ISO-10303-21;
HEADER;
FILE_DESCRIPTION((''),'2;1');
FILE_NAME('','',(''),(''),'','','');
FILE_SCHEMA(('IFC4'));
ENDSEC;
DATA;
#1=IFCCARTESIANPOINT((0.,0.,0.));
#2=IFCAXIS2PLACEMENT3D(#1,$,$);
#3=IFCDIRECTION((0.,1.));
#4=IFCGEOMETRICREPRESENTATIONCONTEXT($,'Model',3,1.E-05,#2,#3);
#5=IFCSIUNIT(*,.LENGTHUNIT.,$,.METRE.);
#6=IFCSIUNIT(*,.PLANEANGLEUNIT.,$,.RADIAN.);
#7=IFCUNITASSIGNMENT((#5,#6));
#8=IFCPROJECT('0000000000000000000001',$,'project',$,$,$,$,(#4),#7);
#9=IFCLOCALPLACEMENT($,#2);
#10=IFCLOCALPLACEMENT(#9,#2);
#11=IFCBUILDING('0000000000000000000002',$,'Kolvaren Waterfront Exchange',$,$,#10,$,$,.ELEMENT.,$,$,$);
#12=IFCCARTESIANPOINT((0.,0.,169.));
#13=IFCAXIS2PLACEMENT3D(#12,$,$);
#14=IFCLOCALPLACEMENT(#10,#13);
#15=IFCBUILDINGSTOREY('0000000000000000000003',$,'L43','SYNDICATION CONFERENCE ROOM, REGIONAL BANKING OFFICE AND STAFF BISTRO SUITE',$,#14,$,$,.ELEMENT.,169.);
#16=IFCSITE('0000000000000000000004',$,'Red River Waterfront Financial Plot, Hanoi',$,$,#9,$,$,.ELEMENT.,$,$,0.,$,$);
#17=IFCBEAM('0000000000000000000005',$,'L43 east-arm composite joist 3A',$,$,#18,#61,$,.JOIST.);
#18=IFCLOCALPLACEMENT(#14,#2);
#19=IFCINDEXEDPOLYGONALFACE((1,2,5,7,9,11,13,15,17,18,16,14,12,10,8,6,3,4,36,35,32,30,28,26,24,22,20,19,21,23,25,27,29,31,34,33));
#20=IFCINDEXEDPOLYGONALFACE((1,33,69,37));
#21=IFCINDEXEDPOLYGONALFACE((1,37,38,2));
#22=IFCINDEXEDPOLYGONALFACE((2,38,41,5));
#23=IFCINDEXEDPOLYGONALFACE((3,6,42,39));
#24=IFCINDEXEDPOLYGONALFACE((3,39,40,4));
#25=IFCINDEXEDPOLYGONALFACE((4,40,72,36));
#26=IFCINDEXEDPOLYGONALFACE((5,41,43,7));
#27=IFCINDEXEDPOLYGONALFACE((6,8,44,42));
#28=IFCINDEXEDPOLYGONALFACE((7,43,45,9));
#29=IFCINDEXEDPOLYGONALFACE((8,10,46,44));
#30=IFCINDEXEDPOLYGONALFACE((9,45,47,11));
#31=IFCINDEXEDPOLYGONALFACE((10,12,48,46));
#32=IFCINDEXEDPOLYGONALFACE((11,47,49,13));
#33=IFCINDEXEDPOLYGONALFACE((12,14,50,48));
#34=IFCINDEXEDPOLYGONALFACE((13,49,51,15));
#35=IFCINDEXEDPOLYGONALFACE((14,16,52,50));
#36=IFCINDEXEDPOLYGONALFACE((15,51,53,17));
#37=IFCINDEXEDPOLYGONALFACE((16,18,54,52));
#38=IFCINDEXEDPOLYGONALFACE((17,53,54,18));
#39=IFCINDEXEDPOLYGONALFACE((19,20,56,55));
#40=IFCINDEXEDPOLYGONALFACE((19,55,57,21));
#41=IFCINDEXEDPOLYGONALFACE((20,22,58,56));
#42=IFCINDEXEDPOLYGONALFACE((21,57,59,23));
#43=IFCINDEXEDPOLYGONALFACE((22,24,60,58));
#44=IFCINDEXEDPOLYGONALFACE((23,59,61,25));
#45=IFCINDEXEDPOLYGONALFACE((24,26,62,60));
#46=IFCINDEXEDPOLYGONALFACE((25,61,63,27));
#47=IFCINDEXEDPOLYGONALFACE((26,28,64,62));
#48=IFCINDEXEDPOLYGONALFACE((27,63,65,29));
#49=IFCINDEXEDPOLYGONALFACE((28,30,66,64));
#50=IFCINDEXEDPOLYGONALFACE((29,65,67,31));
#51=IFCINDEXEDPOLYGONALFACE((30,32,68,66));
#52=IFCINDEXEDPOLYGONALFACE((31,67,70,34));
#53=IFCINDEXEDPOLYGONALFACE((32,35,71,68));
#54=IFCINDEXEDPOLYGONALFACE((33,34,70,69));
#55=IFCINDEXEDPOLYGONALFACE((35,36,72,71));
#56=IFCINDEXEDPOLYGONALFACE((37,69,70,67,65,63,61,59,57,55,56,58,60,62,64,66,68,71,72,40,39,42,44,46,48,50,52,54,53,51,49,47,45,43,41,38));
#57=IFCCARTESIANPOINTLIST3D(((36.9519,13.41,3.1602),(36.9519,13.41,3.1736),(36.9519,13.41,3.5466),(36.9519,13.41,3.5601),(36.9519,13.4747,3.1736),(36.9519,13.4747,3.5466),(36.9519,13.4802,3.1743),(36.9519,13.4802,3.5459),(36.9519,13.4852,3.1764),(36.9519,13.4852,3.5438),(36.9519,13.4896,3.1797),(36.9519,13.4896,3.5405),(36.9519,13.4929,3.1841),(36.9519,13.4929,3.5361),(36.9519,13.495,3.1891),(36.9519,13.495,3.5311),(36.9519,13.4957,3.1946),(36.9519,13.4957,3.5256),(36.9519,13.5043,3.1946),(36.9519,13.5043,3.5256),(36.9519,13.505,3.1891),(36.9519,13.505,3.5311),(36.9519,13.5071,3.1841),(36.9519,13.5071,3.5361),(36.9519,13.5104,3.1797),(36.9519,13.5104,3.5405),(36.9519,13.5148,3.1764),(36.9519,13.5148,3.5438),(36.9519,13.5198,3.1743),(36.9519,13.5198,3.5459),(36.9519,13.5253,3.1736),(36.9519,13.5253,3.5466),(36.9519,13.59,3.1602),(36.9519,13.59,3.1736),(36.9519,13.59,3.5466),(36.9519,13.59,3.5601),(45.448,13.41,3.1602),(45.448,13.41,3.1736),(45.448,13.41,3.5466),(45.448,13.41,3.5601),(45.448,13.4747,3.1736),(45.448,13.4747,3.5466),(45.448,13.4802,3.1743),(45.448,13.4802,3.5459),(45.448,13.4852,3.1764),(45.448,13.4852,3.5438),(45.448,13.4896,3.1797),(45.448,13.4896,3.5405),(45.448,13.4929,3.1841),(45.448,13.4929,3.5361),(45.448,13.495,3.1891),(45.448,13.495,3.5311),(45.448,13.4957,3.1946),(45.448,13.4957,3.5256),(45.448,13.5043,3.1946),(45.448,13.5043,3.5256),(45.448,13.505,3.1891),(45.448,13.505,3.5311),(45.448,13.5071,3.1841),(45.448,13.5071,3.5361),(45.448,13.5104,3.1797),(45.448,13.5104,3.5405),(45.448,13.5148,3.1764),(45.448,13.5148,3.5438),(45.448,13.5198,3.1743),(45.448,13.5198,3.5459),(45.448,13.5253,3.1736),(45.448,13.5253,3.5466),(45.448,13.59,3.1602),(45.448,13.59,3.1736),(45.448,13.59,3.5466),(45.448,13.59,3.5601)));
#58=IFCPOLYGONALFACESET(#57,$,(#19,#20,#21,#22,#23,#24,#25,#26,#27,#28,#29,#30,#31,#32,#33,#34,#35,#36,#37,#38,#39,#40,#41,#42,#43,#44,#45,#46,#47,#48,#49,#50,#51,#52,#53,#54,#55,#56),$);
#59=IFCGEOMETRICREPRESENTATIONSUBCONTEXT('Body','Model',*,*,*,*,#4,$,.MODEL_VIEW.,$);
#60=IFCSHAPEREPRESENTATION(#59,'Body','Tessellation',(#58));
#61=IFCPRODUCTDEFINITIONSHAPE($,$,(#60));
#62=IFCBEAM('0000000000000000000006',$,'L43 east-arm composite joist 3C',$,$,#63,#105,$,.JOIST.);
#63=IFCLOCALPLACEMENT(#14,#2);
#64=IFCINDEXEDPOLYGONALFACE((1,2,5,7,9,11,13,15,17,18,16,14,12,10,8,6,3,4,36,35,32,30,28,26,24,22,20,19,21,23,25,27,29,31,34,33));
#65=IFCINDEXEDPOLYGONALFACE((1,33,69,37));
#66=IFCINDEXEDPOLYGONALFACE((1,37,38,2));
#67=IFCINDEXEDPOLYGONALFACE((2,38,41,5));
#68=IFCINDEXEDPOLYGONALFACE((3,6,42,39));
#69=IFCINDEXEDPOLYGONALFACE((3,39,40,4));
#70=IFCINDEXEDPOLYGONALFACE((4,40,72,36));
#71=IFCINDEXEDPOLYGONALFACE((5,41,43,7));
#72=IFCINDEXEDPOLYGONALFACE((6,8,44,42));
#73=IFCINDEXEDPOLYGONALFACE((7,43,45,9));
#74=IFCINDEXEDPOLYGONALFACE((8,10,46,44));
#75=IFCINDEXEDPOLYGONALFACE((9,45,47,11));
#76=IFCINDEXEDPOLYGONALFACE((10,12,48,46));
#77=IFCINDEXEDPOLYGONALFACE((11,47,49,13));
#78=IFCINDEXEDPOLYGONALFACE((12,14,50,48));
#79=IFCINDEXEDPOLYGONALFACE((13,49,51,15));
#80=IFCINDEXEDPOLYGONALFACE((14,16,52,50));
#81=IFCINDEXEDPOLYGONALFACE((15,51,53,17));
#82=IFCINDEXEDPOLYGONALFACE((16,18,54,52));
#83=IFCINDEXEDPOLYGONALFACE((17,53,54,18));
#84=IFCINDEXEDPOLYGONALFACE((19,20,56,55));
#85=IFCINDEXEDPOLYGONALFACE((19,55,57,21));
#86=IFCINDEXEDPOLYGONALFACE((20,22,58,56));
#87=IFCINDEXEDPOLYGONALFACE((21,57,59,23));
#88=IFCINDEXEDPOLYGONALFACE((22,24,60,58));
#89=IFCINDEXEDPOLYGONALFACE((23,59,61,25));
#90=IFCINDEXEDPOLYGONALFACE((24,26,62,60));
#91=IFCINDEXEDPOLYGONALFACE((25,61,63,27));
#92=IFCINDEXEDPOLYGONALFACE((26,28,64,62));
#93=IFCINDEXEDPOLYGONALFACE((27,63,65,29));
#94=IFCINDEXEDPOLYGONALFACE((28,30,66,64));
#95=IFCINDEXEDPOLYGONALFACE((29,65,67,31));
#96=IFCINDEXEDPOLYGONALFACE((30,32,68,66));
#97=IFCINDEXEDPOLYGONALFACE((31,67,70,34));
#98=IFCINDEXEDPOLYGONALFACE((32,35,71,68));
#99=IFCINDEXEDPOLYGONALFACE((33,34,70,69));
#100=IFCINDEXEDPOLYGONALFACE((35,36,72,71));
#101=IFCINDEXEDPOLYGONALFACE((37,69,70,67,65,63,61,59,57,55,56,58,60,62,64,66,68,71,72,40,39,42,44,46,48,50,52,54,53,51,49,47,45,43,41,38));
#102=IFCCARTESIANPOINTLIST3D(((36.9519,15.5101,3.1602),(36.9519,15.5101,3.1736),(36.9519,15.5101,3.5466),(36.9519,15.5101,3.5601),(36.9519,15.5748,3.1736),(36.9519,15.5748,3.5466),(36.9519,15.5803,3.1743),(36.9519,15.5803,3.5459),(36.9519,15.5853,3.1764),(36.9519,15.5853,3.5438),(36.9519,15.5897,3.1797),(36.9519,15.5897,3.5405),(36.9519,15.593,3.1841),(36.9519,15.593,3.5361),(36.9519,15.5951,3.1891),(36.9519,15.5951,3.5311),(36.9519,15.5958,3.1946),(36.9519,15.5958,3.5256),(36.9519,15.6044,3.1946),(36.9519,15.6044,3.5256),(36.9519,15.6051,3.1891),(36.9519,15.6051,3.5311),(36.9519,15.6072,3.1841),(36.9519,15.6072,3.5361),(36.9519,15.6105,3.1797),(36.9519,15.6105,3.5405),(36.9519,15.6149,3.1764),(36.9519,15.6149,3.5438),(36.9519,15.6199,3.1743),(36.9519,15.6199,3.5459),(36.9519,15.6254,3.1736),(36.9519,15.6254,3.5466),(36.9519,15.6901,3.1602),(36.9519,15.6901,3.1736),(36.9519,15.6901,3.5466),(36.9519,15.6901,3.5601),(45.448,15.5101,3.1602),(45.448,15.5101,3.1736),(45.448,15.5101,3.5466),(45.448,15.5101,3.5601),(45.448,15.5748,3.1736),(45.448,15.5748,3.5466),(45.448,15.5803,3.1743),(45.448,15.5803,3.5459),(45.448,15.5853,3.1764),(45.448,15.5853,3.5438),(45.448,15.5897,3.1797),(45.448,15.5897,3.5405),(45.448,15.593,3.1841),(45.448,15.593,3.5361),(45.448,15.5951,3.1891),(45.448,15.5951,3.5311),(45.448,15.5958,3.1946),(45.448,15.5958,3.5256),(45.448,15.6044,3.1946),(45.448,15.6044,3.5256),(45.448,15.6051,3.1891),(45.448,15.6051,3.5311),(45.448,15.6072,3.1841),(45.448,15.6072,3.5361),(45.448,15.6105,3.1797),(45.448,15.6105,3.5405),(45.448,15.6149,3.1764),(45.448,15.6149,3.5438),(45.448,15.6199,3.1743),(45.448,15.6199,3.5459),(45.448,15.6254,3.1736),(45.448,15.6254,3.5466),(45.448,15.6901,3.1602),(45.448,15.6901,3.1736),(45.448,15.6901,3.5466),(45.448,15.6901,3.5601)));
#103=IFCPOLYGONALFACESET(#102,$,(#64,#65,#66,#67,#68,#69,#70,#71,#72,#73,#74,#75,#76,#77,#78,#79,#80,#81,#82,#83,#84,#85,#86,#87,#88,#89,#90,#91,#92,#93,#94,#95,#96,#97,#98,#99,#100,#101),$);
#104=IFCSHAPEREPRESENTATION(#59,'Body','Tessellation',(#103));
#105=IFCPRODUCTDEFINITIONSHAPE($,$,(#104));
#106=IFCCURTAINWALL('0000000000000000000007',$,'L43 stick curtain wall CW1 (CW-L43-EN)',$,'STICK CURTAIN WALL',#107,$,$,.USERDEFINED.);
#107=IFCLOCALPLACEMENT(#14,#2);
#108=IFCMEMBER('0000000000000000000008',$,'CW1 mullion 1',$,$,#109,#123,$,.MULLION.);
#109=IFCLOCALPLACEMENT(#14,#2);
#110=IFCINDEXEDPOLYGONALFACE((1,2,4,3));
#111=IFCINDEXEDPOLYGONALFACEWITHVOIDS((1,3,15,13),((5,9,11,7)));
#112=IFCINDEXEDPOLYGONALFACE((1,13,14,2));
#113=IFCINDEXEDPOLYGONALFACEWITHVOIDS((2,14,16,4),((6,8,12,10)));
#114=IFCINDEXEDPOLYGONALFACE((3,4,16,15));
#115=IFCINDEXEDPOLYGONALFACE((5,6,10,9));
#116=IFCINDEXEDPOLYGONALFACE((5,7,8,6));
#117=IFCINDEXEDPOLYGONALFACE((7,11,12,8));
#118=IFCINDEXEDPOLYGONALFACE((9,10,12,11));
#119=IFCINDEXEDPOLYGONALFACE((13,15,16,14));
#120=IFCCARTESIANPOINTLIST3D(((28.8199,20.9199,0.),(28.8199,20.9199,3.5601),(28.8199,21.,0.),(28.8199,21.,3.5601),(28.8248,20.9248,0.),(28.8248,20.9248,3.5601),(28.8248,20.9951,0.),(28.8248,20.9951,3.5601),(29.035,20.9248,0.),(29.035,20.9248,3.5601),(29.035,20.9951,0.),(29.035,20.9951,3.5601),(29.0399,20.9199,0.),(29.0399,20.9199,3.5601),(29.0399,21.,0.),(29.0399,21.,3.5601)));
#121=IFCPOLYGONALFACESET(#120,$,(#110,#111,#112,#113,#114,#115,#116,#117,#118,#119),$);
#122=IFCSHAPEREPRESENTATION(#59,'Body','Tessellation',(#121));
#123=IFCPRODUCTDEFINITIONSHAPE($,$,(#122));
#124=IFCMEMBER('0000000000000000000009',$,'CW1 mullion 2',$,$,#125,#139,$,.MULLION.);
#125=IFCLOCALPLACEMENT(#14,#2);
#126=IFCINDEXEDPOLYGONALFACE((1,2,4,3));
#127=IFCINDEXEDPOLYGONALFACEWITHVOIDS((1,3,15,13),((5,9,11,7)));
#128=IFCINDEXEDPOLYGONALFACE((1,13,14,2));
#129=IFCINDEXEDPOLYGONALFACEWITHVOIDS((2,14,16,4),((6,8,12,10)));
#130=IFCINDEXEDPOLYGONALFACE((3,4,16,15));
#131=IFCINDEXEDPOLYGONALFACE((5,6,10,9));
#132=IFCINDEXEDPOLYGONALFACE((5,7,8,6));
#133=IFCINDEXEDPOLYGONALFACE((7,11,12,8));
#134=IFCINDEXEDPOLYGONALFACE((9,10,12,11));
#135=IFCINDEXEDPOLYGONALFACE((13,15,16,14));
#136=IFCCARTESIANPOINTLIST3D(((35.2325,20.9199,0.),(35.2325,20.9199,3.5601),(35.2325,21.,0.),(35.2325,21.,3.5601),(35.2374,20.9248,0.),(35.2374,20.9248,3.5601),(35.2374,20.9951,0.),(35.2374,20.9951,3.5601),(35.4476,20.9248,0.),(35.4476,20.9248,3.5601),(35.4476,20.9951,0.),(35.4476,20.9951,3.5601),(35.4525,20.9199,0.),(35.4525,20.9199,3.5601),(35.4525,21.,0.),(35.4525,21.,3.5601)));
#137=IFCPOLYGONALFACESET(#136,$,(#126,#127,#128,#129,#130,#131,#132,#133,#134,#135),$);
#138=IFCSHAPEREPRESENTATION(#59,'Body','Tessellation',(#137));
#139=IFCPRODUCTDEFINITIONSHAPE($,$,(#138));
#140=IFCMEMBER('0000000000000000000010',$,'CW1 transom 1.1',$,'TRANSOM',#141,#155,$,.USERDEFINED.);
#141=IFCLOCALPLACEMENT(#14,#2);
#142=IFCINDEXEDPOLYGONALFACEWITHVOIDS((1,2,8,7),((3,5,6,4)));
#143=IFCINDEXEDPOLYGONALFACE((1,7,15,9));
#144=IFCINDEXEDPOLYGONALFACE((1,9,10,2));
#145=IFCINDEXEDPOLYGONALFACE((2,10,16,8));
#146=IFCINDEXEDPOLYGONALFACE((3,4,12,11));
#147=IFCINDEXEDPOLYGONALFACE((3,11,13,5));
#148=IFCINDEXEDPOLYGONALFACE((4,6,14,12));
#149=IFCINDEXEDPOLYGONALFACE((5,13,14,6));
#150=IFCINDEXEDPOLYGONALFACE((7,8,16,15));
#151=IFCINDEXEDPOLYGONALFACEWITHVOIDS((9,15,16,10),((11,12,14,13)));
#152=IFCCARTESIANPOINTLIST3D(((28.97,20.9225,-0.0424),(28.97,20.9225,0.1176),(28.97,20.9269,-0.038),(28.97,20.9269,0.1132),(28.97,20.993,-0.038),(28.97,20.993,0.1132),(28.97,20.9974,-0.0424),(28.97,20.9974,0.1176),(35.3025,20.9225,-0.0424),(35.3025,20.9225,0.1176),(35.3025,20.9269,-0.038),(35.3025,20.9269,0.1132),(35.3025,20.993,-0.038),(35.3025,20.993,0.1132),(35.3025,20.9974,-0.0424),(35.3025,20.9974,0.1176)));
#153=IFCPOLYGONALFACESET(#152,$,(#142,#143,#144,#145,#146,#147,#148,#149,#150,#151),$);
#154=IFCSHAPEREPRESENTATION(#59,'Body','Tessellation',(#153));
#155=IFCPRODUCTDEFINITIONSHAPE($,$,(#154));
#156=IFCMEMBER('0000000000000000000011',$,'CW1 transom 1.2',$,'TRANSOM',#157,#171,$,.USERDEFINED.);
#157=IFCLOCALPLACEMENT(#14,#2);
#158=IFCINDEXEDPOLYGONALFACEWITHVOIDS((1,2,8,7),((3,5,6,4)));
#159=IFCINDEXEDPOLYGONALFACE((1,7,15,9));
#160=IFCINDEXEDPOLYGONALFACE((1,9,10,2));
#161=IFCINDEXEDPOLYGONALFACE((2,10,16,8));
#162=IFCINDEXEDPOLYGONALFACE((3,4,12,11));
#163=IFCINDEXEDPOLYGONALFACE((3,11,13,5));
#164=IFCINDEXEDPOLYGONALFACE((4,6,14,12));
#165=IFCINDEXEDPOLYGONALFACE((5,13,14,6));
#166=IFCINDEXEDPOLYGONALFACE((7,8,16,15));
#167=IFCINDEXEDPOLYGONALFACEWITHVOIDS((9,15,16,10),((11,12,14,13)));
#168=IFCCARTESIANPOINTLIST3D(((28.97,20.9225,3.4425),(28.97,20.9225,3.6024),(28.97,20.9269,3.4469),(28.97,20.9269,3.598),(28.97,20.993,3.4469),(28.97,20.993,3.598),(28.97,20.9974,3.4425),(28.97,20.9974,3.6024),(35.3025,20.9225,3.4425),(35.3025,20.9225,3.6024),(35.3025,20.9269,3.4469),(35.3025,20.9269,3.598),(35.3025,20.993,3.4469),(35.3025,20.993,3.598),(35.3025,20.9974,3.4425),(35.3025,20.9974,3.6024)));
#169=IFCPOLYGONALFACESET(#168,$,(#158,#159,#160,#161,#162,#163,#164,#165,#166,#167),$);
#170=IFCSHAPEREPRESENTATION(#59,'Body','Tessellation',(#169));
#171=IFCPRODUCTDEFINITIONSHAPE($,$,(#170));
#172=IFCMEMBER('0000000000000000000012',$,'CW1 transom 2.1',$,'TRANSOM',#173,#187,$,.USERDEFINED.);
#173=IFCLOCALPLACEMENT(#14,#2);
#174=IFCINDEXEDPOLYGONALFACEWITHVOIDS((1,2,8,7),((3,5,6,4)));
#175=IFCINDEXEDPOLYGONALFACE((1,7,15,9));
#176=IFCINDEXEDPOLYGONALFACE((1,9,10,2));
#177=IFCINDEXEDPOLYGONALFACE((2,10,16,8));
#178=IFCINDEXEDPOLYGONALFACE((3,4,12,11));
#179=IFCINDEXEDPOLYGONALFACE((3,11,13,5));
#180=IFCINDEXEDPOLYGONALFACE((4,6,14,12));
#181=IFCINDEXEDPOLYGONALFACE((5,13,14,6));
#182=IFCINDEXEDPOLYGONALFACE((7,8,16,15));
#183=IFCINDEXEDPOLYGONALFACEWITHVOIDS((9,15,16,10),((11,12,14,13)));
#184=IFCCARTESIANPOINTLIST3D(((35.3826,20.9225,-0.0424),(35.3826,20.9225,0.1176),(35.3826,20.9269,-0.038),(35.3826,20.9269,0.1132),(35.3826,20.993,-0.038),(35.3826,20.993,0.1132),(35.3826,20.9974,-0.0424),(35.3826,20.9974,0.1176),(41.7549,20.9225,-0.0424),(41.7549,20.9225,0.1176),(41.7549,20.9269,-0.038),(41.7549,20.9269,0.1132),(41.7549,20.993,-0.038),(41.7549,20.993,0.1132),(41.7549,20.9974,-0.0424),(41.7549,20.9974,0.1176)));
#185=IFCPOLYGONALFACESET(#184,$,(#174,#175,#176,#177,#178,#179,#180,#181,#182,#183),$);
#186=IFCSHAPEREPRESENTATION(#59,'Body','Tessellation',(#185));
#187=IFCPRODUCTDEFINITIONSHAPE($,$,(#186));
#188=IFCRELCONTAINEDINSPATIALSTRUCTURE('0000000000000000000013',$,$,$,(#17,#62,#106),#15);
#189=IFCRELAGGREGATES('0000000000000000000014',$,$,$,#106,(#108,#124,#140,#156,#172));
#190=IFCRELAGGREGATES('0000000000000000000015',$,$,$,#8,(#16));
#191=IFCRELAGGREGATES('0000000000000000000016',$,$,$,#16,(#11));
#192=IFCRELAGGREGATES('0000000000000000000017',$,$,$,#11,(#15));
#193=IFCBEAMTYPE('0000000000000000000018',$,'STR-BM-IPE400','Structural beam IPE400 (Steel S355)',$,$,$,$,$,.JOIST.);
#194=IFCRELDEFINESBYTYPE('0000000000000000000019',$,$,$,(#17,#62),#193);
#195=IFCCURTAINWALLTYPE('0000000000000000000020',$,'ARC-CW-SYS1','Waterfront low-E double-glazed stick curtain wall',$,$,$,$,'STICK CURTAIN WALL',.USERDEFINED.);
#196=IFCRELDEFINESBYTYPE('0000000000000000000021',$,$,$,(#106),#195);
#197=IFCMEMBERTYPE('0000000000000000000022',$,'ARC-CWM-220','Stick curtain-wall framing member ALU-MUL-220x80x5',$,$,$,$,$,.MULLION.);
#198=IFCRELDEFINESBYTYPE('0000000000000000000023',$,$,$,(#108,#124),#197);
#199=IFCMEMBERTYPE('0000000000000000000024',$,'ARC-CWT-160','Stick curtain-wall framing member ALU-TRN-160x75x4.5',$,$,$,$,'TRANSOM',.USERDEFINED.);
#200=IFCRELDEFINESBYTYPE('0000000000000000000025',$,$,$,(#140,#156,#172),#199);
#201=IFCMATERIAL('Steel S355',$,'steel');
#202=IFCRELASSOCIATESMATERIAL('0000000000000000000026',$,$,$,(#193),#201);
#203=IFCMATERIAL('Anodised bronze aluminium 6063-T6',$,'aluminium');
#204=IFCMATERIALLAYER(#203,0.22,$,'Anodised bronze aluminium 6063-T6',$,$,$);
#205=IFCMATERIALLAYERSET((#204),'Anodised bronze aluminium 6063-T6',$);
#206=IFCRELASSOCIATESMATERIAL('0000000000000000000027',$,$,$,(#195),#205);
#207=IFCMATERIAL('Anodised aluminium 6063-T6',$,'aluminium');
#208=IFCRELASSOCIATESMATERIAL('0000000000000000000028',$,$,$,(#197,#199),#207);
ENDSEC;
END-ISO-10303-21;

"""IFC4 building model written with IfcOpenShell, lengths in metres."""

from ifc_helpers import new_model, si_unit, direction, frame, origin, origin_with_axes, origin_2d, place, context, subcontext, project, spatial, hollow_rectangle, i_section, extrude, source, transform, mapped, material, layer, layer_set, material_profile, profile_set, type_object, element, aggregate, save


model = new_model("IFC4")

# Units and contexts
model_context = context("Model", 3, precision=1e-05, world=origin(), true_north=direction((0.0, 1.0)))
body_context = subcontext(model_context, "Body", "Model", "MODEL_VIEW")
ifc_project = project(units=[si_unit("LENGTHUNIT", "METRE"), si_unit("PLANEANGLEUNIT", "RADIAN")], contexts=[model_context])

# Site, building, storey
site_placement = place(None, origin())
site = spatial("IfcSite", under=ifc_project, at=site_placement, Name="Red River Waterfront Financial Plot, Hanoi", CompositionType="ELEMENT", RefElevation=0.0)
building_placement = place(site_placement, origin())
building = spatial("IfcBuilding", under=site, at=building_placement, Name="Kolvaren Waterfront Exchange", CompositionType="ELEMENT")
storey_placement = place(building_placement, frame((0.0, 0.0, 169.0)))
storey = spatial("IfcBuildingStorey", under=building, at=storey_placement, Name="L43", Description="SYNDICATION CONFERENCE ROOM, REGIONAL BANKING OFFICE AND STAFF BISTRO SUITE", CompositionType="ELEMENT", Elevation=169.0)

# Beams
ifc_material_1 = material(Name="Steel S355", Category="steel")
ifc_material_profile_1 = material_profile(ifc_material_1, i_section(OverallWidth=0.1799, OverallDepth=0.3999, WebThickness=0.0085, FlangeThickness=0.0134, FilletRadius=0.021, at=origin_2d()), Name="IPE400")
ifc_profile_set_1 = profile_set([ifc_material_profile_1], Name="Steel S355")
beam_type_1 = type_object("IfcBeamType", Name="STR-BM-IPE400", Description="Structural beam IPE400 (Steel S355)", PredefinedType="JOIST", material=ifc_profile_set_1)
for number, where, z_axis, x_axis, name in (
    (1, (36.9519, 13.5, 3.3601), (1.0, 0.0, 0.0), (0.0, 1.0, 0.0), "L43 east-arm composite joist 3A"),
    (2, (36.9519, 15.6001, 3.3601), (1.0, 0.0, 0.0), (0.0, 1.0, 0.0), "L43 east-arm composite joist 3C"),
):
    element("IfcBeam", number, at=place(storey_placement, frame(where, z_axis=z_axis, x_axis=x_axis)), inside=storey, type_object=beam_type_1, Name=name, PredefinedType="JOIST", context=body_context, shape_type="SweptSolid", body=[
        extrude(i_section(OverallWidth=0.1799, OverallDepth=0.3999, WebThickness=0.0085, FlangeThickness=0.0134, FilletRadius=0.021, at=origin_2d()), origin(), (0.0, 0.0, 1.0), 8.4961),
    ])

# Curtain wall, members
ifc_material_2 = material(Name="Anodised bronze aluminium 6063-T6", Category="aluminium")
ifc_layer_1 = layer(ifc_material_2, 0.22, Name="Anodised bronze aluminium 6063-T6")
ifc_layer_set_1 = layer_set([ifc_layer_1], Name="Anodised bronze aluminium 6063-T6")
curtain_wall_type = type_object("IfcCurtainWallType", Name="ARC-CW-SYS1", Description="Waterfront low-E double-glazed stick curtain wall", ElementType="STICK CURTAIN WALL", PredefinedType="USERDEFINED", material=ifc_layer_set_1)
curtain_wall_placement = place(storey_placement, origin())
curtain_wall = element("IfcCurtainWall", 3, at=curtain_wall_placement, inside=storey, type_object=curtain_wall_type, Name="L43 stick curtain wall CW1 (CW-L43-EN)", ObjectType="STICK CURTAIN WALL", PredefinedType="USERDEFINED")
ifc_material_3 = material(Name="Anodised aluminium 6063-T6", Category="aluminium")
ifc_material_profile_2 = material_profile(ifc_material_3, hollow_rectangle(XDim=0.0801, YDim=0.22, WallThickness=0.0049, at=origin_2d()), Name="ALU-MUL-220x80x5")
ifc_profile_set_2 = profile_set([ifc_material_profile_2], Name="Anodised aluminium 6063-T6")
member_type_1 = type_object("IfcMemberType", Name="ARC-CWM-220", Description="Stick curtain-wall framing member ALU-MUL-220x80x5", PredefinedType="MULLION", material=ifc_profile_set_2)
shared_shape_1 = source(origin_with_axes(), body_context, "Body", "SweptSolid", [
    extrude(hollow_rectangle(XDim=0.0801, YDim=0.22, WallThickness=0.0049, at=origin_2d()), origin(), (0.0, 0.0, 1.0), 3.5601),
])
member_1_placement = place(storey_placement, frame((28.9299, 20.96, 0.0), z_axis=(0.0, 0.0, 1.0), x_axis=(0.0, 1.0, 0.0)))
member_1 = element("IfcMember", 4, at=member_1_placement, type_object=member_type_1, Name="CW1 mullion 1", PredefinedType="MULLION", context=body_context, shape_type="MappedRepresentation", body=[
    mapped(shared_shape_1, transform((0.0, 0.0, 0.0), x_axis=(1.0, 0.0, 0.0), y_axis=(0.0, 1.0, 0.0), z_axis=(0.0, 0.0, 1.0), scale=1.0)),
])
member_2_placement = place(storey_placement, frame((35.3425, 20.96, 0.0), z_axis=(0.0, 0.0, 1.0), x_axis=(0.0, 1.0, 0.0)))
member_2 = element("IfcMember", 5, at=member_2_placement, type_object=member_type_1, Name="CW1 mullion 2", PredefinedType="MULLION", context=body_context, shape_type="MappedRepresentation", body=[
    mapped(shared_shape_1, transform((0.0, 0.0, 0.0), x_axis=(1.0, 0.0, 0.0), y_axis=(0.0, 1.0, 0.0), z_axis=(0.0, 0.0, 1.0), scale=1.0)),
])
ifc_material_profile_3 = material_profile(ifc_material_3, hollow_rectangle(XDim=0.075, YDim=0.1599, WallThickness=0.0044, at=origin_2d()), Name="ALU-TRN-160x75x4.5")
ifc_profile_set_3 = profile_set([ifc_material_profile_3], Name="Anodised aluminium 6063-T6")
member_type_2 = type_object("IfcMemberType", Name="ARC-CWT-160", Description="Stick curtain-wall framing member ALU-TRN-160x75x4.5", ElementType="TRANSOM", PredefinedType="USERDEFINED", material=ifc_profile_set_3)
shared_shape_2 = source(origin_with_axes(), body_context, "Body", "SweptSolid", [
    extrude(hollow_rectangle(XDim=0.075, YDim=0.1599, WallThickness=0.0044, at=origin_2d()), origin(), (0.0, 0.0, 1.0), 6.3325),
])
member_3_placement = place(storey_placement, frame((28.97, 20.96, 0.0376), z_axis=(1.0, 0.0, 0.0), x_axis=(0.0, 1.0, 0.0)))
member_3 = element("IfcMember", 6, at=member_3_placement, type_object=member_type_2, Name="CW1 transom 1.1", ObjectType="TRANSOM", PredefinedType="USERDEFINED", context=body_context, shape_type="MappedRepresentation", body=[
    mapped(shared_shape_2, transform((0.0, 0.0, 0.0), x_axis=(1.0, 0.0, 0.0), y_axis=(0.0, 1.0, 0.0), z_axis=(0.0, 0.0, 1.0), scale=1.0)),
])
member_4_placement = place(storey_placement, frame((28.97, 20.96, 3.5225), z_axis=(1.0, 0.0, 0.0), x_axis=(0.0, 1.0, 0.0)))
member_4 = element("IfcMember", 7, at=member_4_placement, type_object=member_type_2, Name="CW1 transom 1.2", ObjectType="TRANSOM", PredefinedType="USERDEFINED", context=body_context, shape_type="MappedRepresentation", body=[
    mapped(shared_shape_2, transform((0.0, 0.0, 0.0), x_axis=(1.0, 0.0, 0.0), y_axis=(0.0, 1.0, 0.0), z_axis=(0.0, 0.0, 1.0), scale=1.0)),
])
shared_shape_3 = source(origin_with_axes(), body_context, "Body", "SweptSolid", [
    extrude(hollow_rectangle(XDim=0.075, YDim=0.1599, WallThickness=0.0044, at=origin_2d()), origin(), (0.0, 0.0, 1.0), 6.3723),
])
member_5_placement = place(storey_placement, frame((35.3826, 20.96, 0.0376), z_axis=(1.0, 0.0, 0.0), x_axis=(0.0, 1.0, 0.0)))
member_5 = element("IfcMember", 8, at=member_5_placement, type_object=member_type_2, Name="CW1 transom 2.1", ObjectType="TRANSOM", PredefinedType="USERDEFINED", context=body_context, shape_type="MappedRepresentation", body=[
    mapped(shared_shape_3, transform((0.0, 0.0, 0.0), x_axis=(1.0, 0.0, 0.0), y_axis=(0.0, 1.0, 0.0), z_axis=(0.0, 0.0, 1.0), scale=1.0)),
])
aggregate(curtain_wall, [member_1, member_2, member_3, member_4, member_5])

save(model, "model.ifc")
